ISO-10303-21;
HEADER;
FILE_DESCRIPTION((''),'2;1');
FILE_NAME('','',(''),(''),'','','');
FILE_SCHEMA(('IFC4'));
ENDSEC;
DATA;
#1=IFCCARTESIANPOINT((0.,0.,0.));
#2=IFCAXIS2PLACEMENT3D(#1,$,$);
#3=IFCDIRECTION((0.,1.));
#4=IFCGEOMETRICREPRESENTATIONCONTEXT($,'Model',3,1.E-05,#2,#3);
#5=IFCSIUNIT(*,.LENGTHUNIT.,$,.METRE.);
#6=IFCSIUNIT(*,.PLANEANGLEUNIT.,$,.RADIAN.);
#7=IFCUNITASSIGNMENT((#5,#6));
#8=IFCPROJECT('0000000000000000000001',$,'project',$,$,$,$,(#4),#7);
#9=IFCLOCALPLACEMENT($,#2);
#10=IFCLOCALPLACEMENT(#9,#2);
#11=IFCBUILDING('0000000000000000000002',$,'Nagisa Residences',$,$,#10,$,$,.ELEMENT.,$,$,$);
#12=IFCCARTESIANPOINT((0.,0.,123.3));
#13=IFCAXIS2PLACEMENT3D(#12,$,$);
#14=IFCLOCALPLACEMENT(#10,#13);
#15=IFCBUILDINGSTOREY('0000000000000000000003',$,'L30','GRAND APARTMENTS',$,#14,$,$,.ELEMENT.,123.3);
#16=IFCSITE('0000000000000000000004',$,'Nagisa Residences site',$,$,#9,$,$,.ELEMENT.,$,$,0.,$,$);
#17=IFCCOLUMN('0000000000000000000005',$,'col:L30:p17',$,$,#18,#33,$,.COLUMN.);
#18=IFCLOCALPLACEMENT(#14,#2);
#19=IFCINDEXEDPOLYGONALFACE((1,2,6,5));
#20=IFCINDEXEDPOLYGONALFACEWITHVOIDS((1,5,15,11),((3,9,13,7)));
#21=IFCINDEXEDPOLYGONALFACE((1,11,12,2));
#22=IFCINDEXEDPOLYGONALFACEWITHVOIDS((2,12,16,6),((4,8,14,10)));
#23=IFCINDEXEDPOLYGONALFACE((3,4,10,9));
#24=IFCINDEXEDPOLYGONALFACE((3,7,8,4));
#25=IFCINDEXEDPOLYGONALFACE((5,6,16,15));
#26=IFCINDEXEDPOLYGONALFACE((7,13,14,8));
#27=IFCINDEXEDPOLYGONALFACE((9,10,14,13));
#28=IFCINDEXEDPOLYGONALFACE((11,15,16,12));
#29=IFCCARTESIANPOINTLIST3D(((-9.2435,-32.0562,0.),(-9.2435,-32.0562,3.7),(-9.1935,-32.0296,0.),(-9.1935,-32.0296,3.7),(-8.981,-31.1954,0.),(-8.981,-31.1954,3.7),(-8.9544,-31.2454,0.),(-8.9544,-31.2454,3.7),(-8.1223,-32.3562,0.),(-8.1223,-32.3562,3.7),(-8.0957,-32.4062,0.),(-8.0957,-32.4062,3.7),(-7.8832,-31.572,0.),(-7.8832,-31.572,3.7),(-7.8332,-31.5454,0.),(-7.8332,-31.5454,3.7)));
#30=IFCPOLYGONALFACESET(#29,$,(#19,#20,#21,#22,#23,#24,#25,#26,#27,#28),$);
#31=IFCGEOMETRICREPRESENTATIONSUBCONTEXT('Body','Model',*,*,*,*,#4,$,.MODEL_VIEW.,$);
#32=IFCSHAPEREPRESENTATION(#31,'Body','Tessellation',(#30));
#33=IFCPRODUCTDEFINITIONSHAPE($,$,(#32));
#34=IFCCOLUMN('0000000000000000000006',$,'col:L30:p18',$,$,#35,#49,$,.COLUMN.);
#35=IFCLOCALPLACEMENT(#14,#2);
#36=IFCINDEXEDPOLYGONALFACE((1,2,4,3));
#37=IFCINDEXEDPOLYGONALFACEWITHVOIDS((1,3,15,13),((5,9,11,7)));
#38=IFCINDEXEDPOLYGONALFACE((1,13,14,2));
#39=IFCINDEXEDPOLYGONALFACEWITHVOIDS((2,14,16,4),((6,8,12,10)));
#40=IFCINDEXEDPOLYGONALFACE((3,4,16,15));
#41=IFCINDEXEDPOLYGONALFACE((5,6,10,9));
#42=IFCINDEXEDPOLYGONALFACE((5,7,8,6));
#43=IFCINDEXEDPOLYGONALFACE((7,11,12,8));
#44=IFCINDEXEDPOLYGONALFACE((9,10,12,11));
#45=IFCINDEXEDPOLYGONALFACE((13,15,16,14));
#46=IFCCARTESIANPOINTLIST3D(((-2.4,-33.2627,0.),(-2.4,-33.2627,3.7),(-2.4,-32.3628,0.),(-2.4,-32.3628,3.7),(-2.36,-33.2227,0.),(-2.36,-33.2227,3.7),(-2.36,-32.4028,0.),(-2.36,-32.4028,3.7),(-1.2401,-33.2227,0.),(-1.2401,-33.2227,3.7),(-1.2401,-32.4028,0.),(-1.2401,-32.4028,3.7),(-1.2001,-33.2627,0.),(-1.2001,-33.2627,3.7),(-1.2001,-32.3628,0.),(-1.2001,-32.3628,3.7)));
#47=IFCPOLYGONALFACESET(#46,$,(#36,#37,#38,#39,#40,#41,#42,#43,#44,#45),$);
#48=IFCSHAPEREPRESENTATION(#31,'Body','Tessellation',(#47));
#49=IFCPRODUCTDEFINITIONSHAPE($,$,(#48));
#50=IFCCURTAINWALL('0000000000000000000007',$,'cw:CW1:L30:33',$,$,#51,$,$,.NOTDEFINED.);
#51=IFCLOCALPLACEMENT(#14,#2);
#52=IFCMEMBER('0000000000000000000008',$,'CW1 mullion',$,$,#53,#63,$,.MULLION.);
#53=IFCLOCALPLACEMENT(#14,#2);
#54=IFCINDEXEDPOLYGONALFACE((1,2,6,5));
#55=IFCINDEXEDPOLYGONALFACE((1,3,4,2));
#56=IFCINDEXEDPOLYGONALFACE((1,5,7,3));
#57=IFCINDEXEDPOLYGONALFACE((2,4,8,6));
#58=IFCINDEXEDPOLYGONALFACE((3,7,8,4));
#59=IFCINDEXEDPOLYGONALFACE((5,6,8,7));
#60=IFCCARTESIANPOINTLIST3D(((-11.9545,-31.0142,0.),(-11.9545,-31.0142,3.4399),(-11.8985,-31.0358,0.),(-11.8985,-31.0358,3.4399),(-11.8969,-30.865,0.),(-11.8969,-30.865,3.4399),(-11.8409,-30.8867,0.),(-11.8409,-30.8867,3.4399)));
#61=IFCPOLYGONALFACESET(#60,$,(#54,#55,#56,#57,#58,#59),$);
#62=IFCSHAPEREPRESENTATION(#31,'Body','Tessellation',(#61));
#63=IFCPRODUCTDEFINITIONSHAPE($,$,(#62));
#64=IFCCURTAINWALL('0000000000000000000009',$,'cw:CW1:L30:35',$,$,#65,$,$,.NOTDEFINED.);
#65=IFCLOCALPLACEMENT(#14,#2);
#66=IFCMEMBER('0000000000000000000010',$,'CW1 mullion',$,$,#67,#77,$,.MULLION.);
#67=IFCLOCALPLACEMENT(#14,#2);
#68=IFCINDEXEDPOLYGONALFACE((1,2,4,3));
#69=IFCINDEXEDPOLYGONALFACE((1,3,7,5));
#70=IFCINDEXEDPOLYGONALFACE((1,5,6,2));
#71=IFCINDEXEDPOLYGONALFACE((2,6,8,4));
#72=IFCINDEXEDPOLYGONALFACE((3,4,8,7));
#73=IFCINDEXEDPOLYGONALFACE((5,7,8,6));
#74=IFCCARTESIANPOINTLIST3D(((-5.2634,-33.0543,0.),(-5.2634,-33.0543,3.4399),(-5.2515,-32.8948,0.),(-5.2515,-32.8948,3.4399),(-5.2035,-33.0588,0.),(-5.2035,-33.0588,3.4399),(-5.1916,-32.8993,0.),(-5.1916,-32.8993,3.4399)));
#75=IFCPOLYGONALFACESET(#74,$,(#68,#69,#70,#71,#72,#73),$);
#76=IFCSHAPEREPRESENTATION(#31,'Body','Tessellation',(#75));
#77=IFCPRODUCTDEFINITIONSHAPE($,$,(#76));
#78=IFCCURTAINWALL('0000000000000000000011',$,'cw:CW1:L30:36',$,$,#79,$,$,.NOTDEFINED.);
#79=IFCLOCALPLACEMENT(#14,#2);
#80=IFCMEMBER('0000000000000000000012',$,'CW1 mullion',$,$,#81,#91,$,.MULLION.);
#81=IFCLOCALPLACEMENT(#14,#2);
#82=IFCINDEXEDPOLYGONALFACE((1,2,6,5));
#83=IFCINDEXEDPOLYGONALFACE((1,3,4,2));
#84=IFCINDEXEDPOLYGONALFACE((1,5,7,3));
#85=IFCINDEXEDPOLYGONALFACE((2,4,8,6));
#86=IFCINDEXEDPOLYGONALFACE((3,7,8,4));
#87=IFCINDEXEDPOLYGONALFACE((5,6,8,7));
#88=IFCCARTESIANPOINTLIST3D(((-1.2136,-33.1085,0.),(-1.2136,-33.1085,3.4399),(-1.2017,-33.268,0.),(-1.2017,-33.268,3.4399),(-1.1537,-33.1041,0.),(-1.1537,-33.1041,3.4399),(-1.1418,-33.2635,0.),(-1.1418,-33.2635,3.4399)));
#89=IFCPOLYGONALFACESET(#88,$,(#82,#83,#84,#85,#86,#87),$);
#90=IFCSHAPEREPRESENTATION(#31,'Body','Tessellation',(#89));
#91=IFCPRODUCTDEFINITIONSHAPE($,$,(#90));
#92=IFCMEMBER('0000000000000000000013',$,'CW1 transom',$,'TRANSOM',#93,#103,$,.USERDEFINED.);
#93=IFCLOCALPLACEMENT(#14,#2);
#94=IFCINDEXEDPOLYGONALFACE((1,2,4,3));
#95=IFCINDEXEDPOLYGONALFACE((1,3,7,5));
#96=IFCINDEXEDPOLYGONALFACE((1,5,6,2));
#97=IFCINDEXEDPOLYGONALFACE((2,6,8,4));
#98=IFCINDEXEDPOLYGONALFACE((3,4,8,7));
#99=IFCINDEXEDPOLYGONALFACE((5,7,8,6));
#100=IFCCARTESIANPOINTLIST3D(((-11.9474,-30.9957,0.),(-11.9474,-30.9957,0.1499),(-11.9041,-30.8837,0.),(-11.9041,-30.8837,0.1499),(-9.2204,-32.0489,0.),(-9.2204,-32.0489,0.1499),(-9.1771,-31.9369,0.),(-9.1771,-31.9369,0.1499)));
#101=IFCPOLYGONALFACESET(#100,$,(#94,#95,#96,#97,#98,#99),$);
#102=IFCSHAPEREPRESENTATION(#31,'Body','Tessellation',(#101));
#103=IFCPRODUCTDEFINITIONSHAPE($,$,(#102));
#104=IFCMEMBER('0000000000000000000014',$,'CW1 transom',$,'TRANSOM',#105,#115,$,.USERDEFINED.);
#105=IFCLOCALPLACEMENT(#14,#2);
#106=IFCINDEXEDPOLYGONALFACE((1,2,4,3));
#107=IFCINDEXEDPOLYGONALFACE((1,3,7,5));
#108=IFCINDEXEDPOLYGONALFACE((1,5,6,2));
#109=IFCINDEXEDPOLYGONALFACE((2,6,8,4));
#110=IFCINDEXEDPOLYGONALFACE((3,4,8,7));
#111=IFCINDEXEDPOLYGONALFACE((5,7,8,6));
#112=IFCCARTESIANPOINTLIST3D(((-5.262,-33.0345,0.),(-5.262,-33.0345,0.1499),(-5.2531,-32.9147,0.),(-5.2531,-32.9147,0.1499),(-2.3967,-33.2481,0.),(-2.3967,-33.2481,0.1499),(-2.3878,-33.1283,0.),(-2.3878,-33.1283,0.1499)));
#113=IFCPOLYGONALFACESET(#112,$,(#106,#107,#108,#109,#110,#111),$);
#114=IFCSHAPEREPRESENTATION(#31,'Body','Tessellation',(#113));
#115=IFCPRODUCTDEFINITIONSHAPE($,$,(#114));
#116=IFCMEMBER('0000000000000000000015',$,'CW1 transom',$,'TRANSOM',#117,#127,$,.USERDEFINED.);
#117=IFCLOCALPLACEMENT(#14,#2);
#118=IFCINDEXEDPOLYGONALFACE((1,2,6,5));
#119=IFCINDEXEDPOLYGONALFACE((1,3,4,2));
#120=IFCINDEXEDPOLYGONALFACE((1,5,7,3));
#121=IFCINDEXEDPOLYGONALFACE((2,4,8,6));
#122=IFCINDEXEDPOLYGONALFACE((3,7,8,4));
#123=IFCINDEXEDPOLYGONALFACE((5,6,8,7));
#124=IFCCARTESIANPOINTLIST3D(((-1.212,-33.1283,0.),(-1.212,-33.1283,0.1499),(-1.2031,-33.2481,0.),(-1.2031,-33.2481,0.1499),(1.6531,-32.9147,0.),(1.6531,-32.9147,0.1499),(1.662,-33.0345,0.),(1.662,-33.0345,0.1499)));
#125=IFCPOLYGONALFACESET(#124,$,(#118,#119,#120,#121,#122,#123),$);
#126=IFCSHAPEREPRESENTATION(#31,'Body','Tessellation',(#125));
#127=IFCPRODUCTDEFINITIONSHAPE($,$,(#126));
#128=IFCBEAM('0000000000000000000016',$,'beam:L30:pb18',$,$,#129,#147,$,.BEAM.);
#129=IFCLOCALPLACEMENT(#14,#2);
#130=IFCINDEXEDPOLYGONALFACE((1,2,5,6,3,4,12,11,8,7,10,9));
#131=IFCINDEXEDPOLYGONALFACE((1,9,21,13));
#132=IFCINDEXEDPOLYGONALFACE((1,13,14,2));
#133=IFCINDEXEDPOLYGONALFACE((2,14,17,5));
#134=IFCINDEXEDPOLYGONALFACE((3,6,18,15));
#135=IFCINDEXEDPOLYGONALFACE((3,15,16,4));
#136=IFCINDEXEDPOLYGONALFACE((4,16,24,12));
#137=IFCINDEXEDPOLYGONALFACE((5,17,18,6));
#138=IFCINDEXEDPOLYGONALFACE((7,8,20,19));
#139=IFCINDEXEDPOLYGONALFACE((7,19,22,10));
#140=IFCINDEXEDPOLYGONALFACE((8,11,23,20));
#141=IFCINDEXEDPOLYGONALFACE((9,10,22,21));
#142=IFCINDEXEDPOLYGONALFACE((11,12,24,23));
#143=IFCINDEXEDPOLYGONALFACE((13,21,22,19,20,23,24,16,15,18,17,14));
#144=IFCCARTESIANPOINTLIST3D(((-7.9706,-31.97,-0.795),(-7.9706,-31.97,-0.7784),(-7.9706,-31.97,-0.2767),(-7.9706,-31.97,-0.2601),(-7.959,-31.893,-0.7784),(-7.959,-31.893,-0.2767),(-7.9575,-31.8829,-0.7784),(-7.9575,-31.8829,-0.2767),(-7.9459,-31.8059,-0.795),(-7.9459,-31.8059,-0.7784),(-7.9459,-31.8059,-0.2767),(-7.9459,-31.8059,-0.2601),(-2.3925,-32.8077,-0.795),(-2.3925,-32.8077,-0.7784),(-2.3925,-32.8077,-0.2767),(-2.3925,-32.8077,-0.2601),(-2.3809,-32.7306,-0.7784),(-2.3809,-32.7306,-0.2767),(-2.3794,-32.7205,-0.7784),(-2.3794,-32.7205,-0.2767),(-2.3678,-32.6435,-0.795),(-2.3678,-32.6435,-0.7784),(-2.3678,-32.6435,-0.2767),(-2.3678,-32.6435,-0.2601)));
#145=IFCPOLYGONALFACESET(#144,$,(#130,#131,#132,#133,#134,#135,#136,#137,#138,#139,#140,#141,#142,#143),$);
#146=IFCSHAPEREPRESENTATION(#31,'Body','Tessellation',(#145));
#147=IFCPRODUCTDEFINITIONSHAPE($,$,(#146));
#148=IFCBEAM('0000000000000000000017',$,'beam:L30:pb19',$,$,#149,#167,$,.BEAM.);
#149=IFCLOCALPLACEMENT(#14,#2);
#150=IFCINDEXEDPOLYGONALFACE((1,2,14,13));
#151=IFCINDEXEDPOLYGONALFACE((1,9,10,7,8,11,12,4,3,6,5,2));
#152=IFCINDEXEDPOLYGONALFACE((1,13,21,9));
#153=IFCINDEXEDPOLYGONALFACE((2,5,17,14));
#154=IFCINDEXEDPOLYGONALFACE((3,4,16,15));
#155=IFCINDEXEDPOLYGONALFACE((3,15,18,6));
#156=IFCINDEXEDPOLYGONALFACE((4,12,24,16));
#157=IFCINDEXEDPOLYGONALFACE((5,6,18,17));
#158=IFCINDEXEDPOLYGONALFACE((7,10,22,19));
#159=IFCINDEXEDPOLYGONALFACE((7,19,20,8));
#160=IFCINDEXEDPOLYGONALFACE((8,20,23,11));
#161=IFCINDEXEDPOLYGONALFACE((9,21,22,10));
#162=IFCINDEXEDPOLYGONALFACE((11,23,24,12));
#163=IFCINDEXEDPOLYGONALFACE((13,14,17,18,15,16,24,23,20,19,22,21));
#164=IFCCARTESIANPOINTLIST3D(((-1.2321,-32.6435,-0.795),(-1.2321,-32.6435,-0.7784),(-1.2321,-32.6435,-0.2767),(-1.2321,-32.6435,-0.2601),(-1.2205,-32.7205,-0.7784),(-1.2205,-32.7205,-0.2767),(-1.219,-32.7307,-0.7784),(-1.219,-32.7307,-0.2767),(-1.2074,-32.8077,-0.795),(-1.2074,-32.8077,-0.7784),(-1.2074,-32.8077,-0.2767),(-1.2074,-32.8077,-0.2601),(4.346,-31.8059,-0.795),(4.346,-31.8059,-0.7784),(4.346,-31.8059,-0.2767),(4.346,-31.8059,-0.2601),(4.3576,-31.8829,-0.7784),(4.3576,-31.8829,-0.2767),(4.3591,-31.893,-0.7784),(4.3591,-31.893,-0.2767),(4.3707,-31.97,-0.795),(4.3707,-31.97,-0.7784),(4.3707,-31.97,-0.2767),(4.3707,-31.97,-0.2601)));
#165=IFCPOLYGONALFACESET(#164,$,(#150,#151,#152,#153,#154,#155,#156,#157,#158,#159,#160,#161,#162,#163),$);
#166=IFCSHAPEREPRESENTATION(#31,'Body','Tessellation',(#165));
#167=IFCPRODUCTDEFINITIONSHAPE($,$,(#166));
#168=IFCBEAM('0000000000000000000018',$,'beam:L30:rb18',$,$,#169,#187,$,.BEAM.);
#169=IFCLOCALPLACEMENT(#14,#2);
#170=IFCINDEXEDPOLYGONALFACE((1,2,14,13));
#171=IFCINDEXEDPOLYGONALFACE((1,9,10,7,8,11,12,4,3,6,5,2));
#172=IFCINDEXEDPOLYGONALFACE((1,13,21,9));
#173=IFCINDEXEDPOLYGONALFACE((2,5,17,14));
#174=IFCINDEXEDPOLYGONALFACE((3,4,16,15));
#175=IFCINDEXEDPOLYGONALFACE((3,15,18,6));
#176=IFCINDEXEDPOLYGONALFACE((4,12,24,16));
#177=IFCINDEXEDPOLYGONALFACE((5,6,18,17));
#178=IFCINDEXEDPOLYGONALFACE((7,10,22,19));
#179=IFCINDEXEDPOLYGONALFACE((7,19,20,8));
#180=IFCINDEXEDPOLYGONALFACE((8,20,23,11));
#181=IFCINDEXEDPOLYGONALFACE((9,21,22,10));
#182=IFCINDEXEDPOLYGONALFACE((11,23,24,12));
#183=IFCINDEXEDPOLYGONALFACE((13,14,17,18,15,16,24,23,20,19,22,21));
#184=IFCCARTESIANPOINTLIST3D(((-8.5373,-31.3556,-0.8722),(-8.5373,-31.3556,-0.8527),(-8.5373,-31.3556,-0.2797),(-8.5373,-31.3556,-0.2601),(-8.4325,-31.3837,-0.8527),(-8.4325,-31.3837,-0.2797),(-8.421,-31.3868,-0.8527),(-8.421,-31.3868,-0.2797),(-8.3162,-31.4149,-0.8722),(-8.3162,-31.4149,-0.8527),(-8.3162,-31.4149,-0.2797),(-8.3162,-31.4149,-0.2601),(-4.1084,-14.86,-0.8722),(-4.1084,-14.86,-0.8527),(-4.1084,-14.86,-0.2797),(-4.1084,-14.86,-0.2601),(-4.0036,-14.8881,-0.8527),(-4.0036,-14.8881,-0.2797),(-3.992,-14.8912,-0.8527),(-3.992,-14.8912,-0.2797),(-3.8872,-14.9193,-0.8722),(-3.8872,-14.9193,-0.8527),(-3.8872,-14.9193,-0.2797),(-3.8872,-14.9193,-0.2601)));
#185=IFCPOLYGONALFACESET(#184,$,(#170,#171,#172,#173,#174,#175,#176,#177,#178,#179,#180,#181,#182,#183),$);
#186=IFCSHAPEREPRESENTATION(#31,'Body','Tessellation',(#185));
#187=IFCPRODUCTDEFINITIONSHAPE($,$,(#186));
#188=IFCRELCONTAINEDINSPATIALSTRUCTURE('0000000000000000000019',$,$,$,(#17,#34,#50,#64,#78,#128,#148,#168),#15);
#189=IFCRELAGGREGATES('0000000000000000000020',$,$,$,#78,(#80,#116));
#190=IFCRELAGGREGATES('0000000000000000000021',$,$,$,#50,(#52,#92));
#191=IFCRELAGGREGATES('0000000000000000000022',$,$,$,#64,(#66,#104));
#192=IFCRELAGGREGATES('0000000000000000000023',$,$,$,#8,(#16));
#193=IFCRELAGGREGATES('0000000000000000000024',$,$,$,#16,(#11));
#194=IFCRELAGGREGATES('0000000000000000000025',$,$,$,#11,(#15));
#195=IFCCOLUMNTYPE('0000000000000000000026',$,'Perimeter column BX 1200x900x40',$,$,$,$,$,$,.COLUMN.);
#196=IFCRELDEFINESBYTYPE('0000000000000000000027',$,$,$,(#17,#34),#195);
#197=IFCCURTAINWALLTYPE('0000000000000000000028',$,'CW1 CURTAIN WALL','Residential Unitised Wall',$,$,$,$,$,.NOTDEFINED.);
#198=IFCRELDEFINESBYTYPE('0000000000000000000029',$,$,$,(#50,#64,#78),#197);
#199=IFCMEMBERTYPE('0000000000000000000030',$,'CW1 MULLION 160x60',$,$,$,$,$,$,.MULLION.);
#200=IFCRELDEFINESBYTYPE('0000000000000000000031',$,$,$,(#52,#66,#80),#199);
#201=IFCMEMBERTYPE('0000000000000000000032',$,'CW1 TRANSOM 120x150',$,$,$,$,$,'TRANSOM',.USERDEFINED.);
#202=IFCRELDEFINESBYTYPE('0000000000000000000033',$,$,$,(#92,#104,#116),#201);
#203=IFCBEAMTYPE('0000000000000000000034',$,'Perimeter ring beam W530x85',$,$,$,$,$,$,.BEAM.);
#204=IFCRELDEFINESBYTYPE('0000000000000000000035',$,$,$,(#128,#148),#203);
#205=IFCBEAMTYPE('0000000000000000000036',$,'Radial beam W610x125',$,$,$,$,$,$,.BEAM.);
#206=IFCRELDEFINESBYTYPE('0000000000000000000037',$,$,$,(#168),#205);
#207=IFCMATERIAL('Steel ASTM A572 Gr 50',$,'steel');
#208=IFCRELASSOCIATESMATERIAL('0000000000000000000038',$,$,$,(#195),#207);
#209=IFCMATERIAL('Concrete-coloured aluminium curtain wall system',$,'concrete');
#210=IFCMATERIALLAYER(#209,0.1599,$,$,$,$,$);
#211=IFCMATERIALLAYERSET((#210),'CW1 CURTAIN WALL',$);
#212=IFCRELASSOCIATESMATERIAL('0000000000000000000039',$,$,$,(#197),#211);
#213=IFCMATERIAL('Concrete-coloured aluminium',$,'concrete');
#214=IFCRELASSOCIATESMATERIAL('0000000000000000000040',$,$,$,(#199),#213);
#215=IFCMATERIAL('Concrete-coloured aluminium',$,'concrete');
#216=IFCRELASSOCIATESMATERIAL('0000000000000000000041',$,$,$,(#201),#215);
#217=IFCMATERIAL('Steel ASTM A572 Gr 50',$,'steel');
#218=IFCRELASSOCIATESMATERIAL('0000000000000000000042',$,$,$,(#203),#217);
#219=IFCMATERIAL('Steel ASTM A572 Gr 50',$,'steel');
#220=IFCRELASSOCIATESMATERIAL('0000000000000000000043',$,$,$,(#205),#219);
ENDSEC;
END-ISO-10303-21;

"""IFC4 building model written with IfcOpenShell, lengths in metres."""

from ifc_helpers import new_model, si_unit, direction, frame, origin, origin_2d, place, context, subcontext, project, spatial, rectangle, hollow_rectangle, i_section, extrude, material, layer, layer_set, material_profile, profile_set, type_object, element, aggregate, save


model = new_model("IFC4")

# Units and contexts
model_context = context("Model", 3, precision=1e-05, world=origin(), true_north=direction((0.0, 1.0)))
body_context = subcontext(model_context, "Body", "Model", "MODEL_VIEW")
ifc_project = project(units=[si_unit("LENGTHUNIT", "METRE"), si_unit("PLANEANGLEUNIT", "RADIAN")], contexts=[model_context])

# Site, building, storey
site_placement = place(None, origin())
site = spatial("IfcSite", under=ifc_project, at=site_placement, Name="Nagisa Residences site", CompositionType="ELEMENT", RefElevation=0.0)
building_placement = place(site_placement, origin())
building = spatial("IfcBuilding", under=site, at=building_placement, Name="Nagisa Residences", CompositionType="ELEMENT")
storey_placement = place(building_placement, frame((0.0, 0.0, 123.3)))
storey = spatial("IfcBuildingStorey", under=building, at=storey_placement, Name="L30", Description="GRAND APARTMENTS", CompositionType="ELEMENT", Elevation=123.3)

# Columns
ifc_material_1 = material(Name="Steel ASTM A572 Gr 50", Category="steel")
ifc_material_profile_1 = material_profile(ifc_material_1, hollow_rectangle(XDim=1.2, YDim=0.8999, WallThickness=0.04, at=origin_2d()), Name="BX 1200x900x40")
ifc_profile_set_1 = profile_set([ifc_material_profile_1], Name="Steel ASTM A572 Gr 50")
column_type = type_object("IfcColumnType", Name="Perimeter column BX 1200x900x40", PredefinedType="COLUMN", material=ifc_profile_set_1)
for number, where, z_axis, x_axis, name in (
    (1, (-8.5383, -31.8008, 0.0), (0.0, 0.0, 1.0), (0.956525, -0.291652, 0.0), "col:L30:p17"),
    (2, (-1.8, -32.8127, 0.0), (0.0, 0.0, 1.0), (1.0, 0.0, 0.0), "col:L30:p18"),
):
    element("IfcColumn", number, at=place(storey_placement, frame(where, z_axis=z_axis, x_axis=x_axis)), inside=storey, type_object=column_type, Name=name, PredefinedType="COLUMN", context=body_context, shape_type="SweptSolid", body=[
        extrude(hollow_rectangle(XDim=1.2, YDim=0.8999, WallThickness=0.04, at=origin_2d()), origin(), (0.0, 0.0, 1.0), 3.7),
    ])

# Curtain walls, members
ifc_material_2 = material(Name="Concrete-coloured aluminium curtain wall system", Category="concrete")
ifc_layer_1 = layer(ifc_material_2, 0.1599)
ifc_layer_set_1 = layer_set([ifc_layer_1], Name="CW1 CURTAIN WALL")
curtain_wall_type = type_object("IfcCurtainWallType", Name="CW1 CURTAIN WALL", Description="Residential Unitised Wall", PredefinedType="NOTDEFINED", material=ifc_layer_set_1)
curtain_wall_1_placement = place(storey_placement, origin())
curtain_wall_1 = element("IfcCurtainWall", 3, at=curtain_wall_1_placement, inside=storey, type_object=curtain_wall_type, Name="cw:CW1:L30:33", PredefinedType="NOTDEFINED")
ifc_material_3 = material(Name="Concrete-coloured aluminium", Category="concrete")
ifc_material_profile_2 = material_profile(ifc_material_3, rectangle(XDim=0.1599, YDim=0.0601, at=origin_2d()), Name="CW1 MULLION 160x60")
ifc_profile_set_2 = profile_set([ifc_material_profile_2], Name="Concrete-coloured aluminium")
member_type_1 = type_object("IfcMemberType", Name="CW1 MULLION 160x60", PredefinedType="MULLION", material=ifc_profile_set_2)
member_1_placement = place(storey_placement, frame((-11.8977, -30.9504, 0.0), z_axis=(0.0, 0.0, 1.0), x_axis=(0.360328, 0.932826, 0.0)))
member_1 = element("IfcMember", 4, at=member_1_placement, type_object=member_type_1, Name="CW1 mullion", PredefinedType="MULLION", context=body_context, shape_type="SweptSolid", body=[
    extrude(rectangle(XDim=0.1599, YDim=0.0601, at=origin_2d()), origin(), (0.0, 0.0, 1.0), 3.4399),
])
curtain_wall_2_placement = place(storey_placement, origin())
curtain_wall_2 = element("IfcCurtainWall", 5, at=curtain_wall_2_placement, inside=storey, type_object=curtain_wall_type, Name="cw:CW1:L30:35", PredefinedType="NOTDEFINED")
member_2_placement = place(storey_placement, frame((-5.2275, -32.9768, 0.0), z_axis=(0.0, 0.0, 1.0), x_axis=(0.074377, 0.99723, 0.0)))
member_2 = element("IfcMember", 6, at=member_2_placement, type_object=member_type_1, Name="CW1 mullion", PredefinedType="MULLION", context=body_context, shape_type="SweptSolid", body=[
    extrude(rectangle(XDim=0.1599, YDim=0.0601, at=origin_2d()), origin(), (0.0, 0.0, 1.0), 3.4399),
])
curtain_wall_3_placement = place(storey_placement, origin())
curtain_wall_3 = element("IfcCurtainWall", 7, at=curtain_wall_3_placement, inside=storey, type_object=curtain_wall_type, Name="cw:CW1:L30:36", PredefinedType="NOTDEFINED")
member_3_placement = place(storey_placement, frame((-1.1777, -33.186, 0.0), z_axis=(0.0, 0.0, 1.0), x_axis=(-0.074377, 0.99723, 0.0)))
member_3 = element("IfcMember", 8, at=member_3_placement, type_object=member_type_1, Name="CW1 mullion", PredefinedType="MULLION", context=body_context, shape_type="SweptSolid", body=[
    extrude(rectangle(XDim=0.1599, YDim=0.0601, at=origin_2d()), origin(), (0.0, 0.0, 1.0), 3.4399),
])

# Members
ifc_material_4 = material(Name="Concrete-coloured aluminium", Category="concrete")
ifc_material_profile_3 = material_profile(ifc_material_4, rectangle(XDim=0.1201, YDim=0.1499, at=origin_2d()), Name="CW1 TRANSOM 120x150")
ifc_profile_set_3 = profile_set([ifc_material_profile_3], Name="Concrete-coloured aluminium")
member_type_2 = type_object("IfcMemberType", Name="CW1 TRANSOM 120x150", ElementType="TRANSOM", PredefinedType="USERDEFINED", material=ifc_profile_set_3)
member_4_placement = place(storey_placement, frame((-11.9258, -30.9397, 0.075), z_axis=(0.932845, -0.360277, 0.0), x_axis=(0.360277, 0.932845, 0.0)))
member_4 = element("IfcMember", 9, at=member_4_placement, type_object=member_type_2, Name="CW1 transom", ObjectType="TRANSOM", PredefinedType="USERDEFINED", context=body_context, shape_type="SweptSolid", body=[
    extrude(rectangle(XDim=0.1201, YDim=0.1499, at=origin_2d()), origin(), (0.0, 0.0, 1.0), 2.9233),
])
member_5_placement = place(storey_placement, frame((-5.2576, -32.9746, 0.075), z_axis=(0.997232, -0.074351, 0.0), x_axis=(0.074351, 0.997232, 0.0)))
member_5 = element("IfcMember", 10, at=member_5_placement, type_object=member_type_2, Name="CW1 transom", ObjectType="TRANSOM", PredefinedType="USERDEFINED", context=body_context, shape_type="SweptSolid", body=[
    extrude(rectangle(XDim=0.1201, YDim=0.1499, at=origin_2d()), origin(), (0.0, 0.0, 1.0), 2.8733),
])
member_6_placement = place(storey_placement, frame((-1.2075, -33.1882, 0.075), z_axis=(0.997232, 0.074357, 0.0), x_axis=(-0.074357, 0.997232, 0.0)))
member_6 = element("IfcMember", 11, at=member_6_placement, type_object=member_type_2, Name="CW1 transom", ObjectType="TRANSOM", PredefinedType="USERDEFINED", context=body_context, shape_type="SweptSolid", body=[
    extrude(rectangle(XDim=0.1201, YDim=0.1499, at=origin_2d()), origin(), (0.0, 0.0, 1.0), 2.873),
])
aggregate(curtain_wall_3, [member_3, member_6])

# Beams
ifc_material_5 = material(Name="Steel ASTM A572 Gr 50", Category="steel")
ifc_material_profile_4 = material_profile(ifc_material_5, i_section(OverallWidth=0.166, OverallDepth=0.5349, WebThickness=0.0103, FlangeThickness=0.0166, at=origin_2d()), Name="W530x85")
ifc_profile_set_4 = profile_set([ifc_material_profile_4], Name="Steel ASTM A572 Gr 50")
beam_type_1 = type_object("IfcBeamType", Name="Perimeter ring beam W530x85", PredefinedType="BEAM", material=ifc_profile_set_4)
for number, where, z_axis, x_axis, name in (
    (12, (-7.9583, -31.8879, -0.5276), (0.988912, -0.148501, 0.0), (0.148501, 0.988912, 0.0), "beam:L30:pb18"),
    (13, (-1.2197, -32.7256, -0.5276), (0.988912, 0.148501, 0.0), (-0.148501, 0.988912, 0.0), "beam:L30:pb19"),
):
    element("IfcBeam", number, at=place(storey_placement, frame(where, z_axis=z_axis, x_axis=x_axis)), inside=storey, type_object=beam_type_1, Name=name, PredefinedType="BEAM", context=body_context, shape_type="SweptSolid", body=[
        extrude(i_section(OverallWidth=0.166, OverallDepth=0.5349, WebThickness=0.0103, FlangeThickness=0.0166, at=origin_2d()), origin(), (0.0, 0.0, 1.0), 5.6406),
    ])
ifc_material_6 = material(Name="Steel ASTM A572 Gr 50", Category="steel")
ifc_material_profile_5 = material_profile(ifc_material_6, i_section(OverallWidth=0.229, OverallDepth=0.6121, WebThickness=0.012, FlangeThickness=0.0195, at=origin_2d()), Name="W610x125")
ifc_profile_set_5 = profile_set([ifc_material_profile_5], Name="Steel ASTM A572 Gr 50")
beam_type_2 = type_object("IfcBeamType", Name="Radial beam W610x125", PredefinedType="BEAM", material=ifc_profile_set_5)
beam_1_placement = place(storey_placement, frame((-8.4268, -31.3853, -0.5662), z_axis=(0.259309, 0.965794, 0.0), x_axis=(-0.965794, 0.259309, 0.0)))
element("IfcBeam", 14, at=beam_1_placement, inside=storey, type_object=beam_type_2, Name="beam:L30:rb18", PredefinedType="BEAM", context=body_context, shape_type="SweptSolid", body=[
    extrude(i_section(OverallWidth=0.229, OverallDepth=0.6121, WebThickness=0.012, FlangeThickness=0.0195, at=origin_2d()), origin(), (0.0, 0.0, 1.0), 17.0798),
])

aggregate(curtain_wall_1, [member_1, member_4])
aggregate(curtain_wall_2, [member_2, member_5])

save(model, "model.ifc")
